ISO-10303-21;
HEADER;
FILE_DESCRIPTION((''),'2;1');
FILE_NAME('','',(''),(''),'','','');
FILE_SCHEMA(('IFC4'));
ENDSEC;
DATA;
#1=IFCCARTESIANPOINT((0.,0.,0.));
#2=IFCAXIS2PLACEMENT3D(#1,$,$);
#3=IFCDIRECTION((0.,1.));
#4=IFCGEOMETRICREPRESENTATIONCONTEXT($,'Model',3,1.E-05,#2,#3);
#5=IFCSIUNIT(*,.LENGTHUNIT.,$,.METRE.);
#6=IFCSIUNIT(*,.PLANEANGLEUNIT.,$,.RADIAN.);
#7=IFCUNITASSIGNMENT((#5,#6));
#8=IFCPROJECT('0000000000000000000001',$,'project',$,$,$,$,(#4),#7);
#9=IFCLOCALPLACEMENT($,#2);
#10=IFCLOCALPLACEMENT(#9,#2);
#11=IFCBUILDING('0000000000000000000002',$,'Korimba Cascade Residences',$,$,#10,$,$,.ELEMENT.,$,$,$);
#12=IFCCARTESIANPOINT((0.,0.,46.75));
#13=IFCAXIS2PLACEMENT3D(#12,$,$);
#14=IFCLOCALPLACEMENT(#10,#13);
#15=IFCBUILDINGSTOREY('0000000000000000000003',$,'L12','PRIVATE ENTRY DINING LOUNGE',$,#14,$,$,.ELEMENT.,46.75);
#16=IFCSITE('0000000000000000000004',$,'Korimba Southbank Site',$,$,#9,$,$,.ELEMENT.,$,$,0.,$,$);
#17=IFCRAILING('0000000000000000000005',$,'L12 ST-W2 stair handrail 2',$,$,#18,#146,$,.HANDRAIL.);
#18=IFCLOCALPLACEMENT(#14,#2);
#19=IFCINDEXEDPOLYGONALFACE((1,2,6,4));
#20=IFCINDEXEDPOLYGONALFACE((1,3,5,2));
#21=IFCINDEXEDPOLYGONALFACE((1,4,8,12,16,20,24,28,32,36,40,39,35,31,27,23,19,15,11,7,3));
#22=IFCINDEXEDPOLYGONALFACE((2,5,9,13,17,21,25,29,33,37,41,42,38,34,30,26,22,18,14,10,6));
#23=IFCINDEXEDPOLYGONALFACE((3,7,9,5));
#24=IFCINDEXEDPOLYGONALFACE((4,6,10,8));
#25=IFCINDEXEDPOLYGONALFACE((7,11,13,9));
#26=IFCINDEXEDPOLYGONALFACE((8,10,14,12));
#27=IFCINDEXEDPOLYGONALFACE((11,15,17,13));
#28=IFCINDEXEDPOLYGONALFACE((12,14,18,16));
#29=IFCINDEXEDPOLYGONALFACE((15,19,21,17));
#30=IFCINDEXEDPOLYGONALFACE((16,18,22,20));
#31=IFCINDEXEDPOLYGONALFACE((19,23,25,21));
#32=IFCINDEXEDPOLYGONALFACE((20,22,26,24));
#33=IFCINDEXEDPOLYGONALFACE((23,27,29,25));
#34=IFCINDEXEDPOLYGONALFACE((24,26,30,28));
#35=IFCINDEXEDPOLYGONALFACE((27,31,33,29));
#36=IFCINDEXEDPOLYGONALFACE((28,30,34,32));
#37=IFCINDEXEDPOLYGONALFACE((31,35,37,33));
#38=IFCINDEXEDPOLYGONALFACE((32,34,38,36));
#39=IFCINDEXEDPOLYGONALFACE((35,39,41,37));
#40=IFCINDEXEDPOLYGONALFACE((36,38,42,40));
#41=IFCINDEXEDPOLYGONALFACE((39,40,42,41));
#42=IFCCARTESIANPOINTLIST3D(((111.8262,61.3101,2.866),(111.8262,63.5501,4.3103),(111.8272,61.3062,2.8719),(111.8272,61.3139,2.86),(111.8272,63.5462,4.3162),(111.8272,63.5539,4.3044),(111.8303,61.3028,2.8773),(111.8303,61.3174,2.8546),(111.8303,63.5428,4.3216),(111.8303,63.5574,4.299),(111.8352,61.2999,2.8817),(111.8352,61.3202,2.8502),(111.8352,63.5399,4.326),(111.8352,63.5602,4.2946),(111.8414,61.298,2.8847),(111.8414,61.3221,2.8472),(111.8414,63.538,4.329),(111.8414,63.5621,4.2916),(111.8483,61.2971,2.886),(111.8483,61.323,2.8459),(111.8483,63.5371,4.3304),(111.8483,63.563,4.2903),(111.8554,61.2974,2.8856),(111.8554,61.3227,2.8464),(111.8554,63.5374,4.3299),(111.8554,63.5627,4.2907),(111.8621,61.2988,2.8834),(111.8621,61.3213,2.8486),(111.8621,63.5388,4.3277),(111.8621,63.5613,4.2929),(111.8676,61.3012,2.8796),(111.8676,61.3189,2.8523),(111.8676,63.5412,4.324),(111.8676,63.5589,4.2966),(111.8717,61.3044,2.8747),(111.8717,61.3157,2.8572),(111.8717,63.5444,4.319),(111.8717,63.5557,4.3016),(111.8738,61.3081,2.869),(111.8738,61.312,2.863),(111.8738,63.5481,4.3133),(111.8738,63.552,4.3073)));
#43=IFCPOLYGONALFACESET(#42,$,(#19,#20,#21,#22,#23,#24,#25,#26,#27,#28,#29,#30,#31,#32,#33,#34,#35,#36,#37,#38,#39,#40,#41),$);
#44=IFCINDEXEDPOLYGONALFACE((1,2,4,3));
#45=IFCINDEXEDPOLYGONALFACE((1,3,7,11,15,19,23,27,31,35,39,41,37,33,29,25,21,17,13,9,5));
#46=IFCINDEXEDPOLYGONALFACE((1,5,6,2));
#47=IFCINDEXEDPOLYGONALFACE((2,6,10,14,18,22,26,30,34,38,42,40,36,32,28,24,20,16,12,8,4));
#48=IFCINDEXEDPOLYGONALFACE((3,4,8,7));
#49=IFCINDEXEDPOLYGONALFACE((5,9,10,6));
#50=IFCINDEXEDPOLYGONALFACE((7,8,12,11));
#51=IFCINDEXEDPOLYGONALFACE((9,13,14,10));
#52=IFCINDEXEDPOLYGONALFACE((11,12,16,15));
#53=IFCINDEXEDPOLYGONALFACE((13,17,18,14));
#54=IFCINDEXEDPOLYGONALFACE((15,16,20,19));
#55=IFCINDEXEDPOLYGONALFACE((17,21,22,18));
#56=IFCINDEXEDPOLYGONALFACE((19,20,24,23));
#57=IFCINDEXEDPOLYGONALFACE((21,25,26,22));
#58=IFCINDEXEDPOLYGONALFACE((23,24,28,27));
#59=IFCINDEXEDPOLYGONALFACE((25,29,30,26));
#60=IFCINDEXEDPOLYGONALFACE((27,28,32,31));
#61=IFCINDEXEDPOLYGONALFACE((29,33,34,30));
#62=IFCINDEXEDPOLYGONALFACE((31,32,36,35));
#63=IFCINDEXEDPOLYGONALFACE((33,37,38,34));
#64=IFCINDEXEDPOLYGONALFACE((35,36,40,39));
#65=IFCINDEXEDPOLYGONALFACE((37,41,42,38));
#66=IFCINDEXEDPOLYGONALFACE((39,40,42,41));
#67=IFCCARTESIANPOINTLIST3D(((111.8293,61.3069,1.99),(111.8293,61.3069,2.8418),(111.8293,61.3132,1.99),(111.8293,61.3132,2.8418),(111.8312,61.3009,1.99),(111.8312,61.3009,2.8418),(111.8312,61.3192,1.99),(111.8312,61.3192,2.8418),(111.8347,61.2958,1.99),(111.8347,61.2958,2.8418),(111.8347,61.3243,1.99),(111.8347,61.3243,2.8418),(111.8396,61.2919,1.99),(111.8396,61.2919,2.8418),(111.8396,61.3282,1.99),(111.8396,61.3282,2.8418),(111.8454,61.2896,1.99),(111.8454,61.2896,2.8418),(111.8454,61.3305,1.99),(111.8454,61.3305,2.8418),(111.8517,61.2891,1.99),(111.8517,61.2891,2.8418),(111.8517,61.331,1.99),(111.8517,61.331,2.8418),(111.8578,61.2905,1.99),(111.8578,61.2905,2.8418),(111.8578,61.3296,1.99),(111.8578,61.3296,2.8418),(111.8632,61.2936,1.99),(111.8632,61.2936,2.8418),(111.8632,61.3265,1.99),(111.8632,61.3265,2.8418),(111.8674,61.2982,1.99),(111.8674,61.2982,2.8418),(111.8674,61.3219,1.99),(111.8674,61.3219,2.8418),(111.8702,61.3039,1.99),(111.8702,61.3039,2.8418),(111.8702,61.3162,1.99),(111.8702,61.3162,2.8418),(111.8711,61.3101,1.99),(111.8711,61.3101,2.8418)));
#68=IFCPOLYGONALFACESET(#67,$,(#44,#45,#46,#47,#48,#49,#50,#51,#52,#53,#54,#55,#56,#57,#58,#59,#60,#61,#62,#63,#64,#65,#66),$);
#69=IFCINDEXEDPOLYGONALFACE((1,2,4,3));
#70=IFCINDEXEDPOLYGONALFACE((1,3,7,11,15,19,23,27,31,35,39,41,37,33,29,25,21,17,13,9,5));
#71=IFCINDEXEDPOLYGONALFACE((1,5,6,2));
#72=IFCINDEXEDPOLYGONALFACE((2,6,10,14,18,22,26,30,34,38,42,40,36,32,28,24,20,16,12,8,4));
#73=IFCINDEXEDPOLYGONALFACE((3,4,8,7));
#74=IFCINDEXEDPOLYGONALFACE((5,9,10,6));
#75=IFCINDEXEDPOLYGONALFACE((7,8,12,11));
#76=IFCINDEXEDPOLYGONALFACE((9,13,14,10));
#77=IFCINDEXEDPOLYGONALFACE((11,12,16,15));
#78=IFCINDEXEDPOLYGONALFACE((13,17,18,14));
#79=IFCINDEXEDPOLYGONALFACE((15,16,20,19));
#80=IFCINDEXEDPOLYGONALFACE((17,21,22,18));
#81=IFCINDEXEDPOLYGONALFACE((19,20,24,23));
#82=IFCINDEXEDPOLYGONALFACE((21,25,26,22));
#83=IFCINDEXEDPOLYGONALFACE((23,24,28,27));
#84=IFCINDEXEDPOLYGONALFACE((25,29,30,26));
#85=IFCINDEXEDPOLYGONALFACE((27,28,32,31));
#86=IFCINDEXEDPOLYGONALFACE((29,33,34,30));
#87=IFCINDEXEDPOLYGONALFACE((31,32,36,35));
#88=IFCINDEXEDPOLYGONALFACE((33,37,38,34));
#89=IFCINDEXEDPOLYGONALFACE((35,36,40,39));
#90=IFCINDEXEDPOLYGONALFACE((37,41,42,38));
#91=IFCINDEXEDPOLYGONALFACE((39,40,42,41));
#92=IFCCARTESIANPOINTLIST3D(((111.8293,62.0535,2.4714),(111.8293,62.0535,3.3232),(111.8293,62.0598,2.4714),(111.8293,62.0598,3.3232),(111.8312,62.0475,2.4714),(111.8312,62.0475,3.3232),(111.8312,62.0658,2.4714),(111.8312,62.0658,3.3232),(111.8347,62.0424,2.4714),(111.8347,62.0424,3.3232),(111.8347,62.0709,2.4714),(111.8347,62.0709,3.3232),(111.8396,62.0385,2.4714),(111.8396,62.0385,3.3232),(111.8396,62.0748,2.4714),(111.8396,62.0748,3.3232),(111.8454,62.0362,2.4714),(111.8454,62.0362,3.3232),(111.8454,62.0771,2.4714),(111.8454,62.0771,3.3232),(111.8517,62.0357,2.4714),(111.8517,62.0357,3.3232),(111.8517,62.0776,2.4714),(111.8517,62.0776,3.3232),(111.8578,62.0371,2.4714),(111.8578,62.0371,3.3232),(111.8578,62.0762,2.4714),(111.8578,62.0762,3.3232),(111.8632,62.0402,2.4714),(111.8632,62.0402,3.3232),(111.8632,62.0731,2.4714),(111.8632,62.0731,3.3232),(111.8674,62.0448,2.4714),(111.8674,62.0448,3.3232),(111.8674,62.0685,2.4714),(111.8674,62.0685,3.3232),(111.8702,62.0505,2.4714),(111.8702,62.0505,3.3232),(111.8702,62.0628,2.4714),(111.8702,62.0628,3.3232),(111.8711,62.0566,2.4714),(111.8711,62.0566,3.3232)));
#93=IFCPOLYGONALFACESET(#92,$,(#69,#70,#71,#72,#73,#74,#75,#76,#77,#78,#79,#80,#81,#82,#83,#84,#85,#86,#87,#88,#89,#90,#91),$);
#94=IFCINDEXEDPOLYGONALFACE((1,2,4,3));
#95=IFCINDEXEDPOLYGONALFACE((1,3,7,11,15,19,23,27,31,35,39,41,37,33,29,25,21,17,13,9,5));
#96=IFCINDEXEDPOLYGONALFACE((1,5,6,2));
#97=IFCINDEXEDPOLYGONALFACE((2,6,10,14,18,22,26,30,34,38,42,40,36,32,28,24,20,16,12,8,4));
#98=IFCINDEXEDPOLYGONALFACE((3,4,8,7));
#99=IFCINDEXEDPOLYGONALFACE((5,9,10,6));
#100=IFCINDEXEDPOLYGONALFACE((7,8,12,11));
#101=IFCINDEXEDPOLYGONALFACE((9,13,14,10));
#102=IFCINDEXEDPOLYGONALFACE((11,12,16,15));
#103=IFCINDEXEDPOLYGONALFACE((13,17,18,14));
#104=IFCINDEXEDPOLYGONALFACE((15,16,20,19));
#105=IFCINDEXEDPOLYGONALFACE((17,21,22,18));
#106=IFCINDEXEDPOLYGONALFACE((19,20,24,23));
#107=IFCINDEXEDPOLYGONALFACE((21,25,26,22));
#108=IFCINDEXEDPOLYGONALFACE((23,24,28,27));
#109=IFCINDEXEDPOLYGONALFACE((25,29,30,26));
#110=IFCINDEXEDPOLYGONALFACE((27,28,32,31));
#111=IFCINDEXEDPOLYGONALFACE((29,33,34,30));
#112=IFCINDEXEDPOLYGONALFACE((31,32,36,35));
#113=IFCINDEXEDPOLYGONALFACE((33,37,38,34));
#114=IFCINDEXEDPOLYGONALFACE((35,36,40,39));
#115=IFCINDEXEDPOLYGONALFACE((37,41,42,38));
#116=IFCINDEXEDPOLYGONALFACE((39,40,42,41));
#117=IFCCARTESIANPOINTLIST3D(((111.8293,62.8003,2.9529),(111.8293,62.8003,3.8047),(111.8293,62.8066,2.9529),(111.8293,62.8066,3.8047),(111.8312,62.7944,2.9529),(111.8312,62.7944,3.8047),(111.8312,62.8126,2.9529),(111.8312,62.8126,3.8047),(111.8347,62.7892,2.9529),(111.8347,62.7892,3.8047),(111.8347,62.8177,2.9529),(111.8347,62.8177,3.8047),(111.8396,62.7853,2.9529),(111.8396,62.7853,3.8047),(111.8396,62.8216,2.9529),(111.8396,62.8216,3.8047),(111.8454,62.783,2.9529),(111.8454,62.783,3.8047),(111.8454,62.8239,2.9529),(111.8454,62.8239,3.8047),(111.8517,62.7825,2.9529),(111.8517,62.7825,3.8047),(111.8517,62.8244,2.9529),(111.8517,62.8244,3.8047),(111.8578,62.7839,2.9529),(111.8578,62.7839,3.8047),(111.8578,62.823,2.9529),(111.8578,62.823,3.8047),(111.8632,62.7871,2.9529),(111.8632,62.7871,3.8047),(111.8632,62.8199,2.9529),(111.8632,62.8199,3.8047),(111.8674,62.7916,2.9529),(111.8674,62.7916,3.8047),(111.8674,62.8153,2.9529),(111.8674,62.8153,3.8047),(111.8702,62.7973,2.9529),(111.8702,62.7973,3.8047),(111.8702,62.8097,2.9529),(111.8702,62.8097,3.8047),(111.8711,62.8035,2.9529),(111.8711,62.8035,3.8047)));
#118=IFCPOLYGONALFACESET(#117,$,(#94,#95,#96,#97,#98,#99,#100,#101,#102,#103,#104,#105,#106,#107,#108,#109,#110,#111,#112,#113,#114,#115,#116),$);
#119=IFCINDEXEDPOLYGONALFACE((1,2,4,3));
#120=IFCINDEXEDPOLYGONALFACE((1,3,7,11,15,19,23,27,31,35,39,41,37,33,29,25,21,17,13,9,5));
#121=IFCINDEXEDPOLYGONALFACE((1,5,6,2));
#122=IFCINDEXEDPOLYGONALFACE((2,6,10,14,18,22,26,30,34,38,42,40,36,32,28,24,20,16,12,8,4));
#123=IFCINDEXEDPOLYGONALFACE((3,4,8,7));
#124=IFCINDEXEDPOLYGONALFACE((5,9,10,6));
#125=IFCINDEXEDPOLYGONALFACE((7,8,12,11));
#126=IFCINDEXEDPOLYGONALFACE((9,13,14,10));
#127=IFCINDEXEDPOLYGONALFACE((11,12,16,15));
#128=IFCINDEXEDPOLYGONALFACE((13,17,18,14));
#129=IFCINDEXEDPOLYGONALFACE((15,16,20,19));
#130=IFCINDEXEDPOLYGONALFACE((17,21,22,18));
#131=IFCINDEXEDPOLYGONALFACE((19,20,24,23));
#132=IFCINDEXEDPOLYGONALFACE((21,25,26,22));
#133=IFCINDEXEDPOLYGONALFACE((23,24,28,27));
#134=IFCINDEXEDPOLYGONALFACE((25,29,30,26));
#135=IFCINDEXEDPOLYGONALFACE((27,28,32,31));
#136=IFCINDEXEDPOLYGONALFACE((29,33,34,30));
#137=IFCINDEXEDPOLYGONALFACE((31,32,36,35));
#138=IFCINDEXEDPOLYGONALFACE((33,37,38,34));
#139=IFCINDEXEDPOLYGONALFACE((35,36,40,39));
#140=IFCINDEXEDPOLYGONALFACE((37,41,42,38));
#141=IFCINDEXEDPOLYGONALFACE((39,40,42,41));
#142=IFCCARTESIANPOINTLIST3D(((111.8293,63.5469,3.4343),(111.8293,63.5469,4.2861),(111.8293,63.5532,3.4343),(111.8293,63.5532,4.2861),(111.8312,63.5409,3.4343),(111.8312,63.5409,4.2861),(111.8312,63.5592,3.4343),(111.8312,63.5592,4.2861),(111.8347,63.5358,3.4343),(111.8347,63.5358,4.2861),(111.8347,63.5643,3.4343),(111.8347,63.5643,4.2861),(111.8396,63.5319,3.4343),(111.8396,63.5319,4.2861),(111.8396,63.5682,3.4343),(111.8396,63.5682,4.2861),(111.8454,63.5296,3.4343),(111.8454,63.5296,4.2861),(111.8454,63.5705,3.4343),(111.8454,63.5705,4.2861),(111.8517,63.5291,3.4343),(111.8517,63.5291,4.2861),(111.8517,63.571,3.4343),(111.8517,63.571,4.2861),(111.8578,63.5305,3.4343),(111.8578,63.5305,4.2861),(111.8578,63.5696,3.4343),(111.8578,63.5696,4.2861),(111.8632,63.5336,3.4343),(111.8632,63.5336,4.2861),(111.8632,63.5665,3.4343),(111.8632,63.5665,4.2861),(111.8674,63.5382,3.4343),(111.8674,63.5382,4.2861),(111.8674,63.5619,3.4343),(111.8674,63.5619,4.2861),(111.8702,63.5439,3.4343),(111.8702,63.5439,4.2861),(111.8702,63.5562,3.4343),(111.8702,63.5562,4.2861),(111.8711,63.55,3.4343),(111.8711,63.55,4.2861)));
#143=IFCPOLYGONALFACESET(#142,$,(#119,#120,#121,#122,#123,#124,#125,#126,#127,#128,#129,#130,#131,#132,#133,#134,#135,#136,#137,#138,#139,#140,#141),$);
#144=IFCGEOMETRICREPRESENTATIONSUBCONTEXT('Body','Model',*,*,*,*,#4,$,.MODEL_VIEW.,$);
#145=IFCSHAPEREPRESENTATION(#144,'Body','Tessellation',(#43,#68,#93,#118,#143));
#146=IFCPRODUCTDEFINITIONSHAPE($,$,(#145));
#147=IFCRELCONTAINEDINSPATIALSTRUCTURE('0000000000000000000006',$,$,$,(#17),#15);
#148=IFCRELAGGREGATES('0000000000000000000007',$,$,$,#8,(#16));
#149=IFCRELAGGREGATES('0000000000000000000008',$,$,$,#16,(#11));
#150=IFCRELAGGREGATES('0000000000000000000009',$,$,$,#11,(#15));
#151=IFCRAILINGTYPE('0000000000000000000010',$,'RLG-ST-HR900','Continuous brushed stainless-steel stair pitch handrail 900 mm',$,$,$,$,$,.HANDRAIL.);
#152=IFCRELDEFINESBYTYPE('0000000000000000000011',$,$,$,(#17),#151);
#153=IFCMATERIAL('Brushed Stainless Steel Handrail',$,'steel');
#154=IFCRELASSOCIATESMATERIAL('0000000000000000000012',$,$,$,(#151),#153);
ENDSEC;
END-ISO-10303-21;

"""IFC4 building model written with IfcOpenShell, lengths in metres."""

from ifc_helpers import new_model, si_unit, direction, frame, origin, origin_2d, place, context, subcontext, project, spatial, circle, extrude, material, type_object, element, save


model = new_model("IFC4")

# Units and contexts
model_context = context("Model", 3, precision=1e-05, world=origin(), true_north=direction((0.0, 1.0)))
body_context = subcontext(model_context, "Body", "Model", "MODEL_VIEW")
ifc_project = project(units=[si_unit("LENGTHUNIT", "METRE"), si_unit("PLANEANGLEUNIT", "RADIAN")], contexts=[model_context])

# Site, building, storey
site_placement = place(None, origin())
site = spatial("IfcSite", under=ifc_project, at=site_placement, Name="Korimba Southbank Site", CompositionType="ELEMENT", RefElevation=0.0)
building_placement = place(site_placement, origin())
building = spatial("IfcBuilding", under=site, at=building_placement, Name="Korimba Cascade Residences", CompositionType="ELEMENT")
storey_placement = place(building_placement, frame((0.0, 0.0, 46.75)))
storey = spatial("IfcBuildingStorey", under=building, at=storey_placement, Name="L12", Description="PRIVATE ENTRY DINING LOUNGE", CompositionType="ELEMENT", Elevation=46.75)

# Railing
ifc_material_1 = material(Name="Brushed Stainless Steel Handrail", Category="steel")
railing_type_1 = type_object("IfcRailingType", Name="RLG-ST-HR900", Description="Continuous brushed stainless-steel stair pitch handrail 900 mm", PredefinedType="HANDRAIL", material=ifc_material_1)
railing_1_placement = place(storey_placement, frame((111.8501, 61.3101, 1.99)))
element("IfcRailing", 1, at=railing_1_placement, inside=storey, type_object=railing_type_1, Name="L12 ST-W2 stair handrail 2", PredefinedType="HANDRAIL", context=body_context, shape_type="SweptSolid", body=[
    extrude(circle(Radius=0.0239, at=origin_2d()), frame((0.0, 0.0, 0.876), z_axis=(0.0, 0.840437, 0.54191), x_axis=(-1.0, 0.0, 0.0)), (0.0, 0.0, 1.0), 2.6653),
    extrude(circle(Radius=0.021, at=origin_2d()), origin(), (0.0, 0.0, 1.0), 0.8518),
    extrude(circle(Radius=0.021, at=origin_2d()), frame((0.0, 0.7466, 0.4814)), (0.0, 0.0, 1.0), 0.8518),
    extrude(circle(Radius=0.021, at=origin_2d()), frame((0.0, 1.4934, 0.9629)), (0.0, 0.0, 1.0), 0.8518),
    extrude(circle(Radius=0.021, at=origin_2d()), frame((0.0, 2.24, 1.4443)), (0.0, 0.0, 1.0), 0.8518),
])

save(model, "model.ifc")
